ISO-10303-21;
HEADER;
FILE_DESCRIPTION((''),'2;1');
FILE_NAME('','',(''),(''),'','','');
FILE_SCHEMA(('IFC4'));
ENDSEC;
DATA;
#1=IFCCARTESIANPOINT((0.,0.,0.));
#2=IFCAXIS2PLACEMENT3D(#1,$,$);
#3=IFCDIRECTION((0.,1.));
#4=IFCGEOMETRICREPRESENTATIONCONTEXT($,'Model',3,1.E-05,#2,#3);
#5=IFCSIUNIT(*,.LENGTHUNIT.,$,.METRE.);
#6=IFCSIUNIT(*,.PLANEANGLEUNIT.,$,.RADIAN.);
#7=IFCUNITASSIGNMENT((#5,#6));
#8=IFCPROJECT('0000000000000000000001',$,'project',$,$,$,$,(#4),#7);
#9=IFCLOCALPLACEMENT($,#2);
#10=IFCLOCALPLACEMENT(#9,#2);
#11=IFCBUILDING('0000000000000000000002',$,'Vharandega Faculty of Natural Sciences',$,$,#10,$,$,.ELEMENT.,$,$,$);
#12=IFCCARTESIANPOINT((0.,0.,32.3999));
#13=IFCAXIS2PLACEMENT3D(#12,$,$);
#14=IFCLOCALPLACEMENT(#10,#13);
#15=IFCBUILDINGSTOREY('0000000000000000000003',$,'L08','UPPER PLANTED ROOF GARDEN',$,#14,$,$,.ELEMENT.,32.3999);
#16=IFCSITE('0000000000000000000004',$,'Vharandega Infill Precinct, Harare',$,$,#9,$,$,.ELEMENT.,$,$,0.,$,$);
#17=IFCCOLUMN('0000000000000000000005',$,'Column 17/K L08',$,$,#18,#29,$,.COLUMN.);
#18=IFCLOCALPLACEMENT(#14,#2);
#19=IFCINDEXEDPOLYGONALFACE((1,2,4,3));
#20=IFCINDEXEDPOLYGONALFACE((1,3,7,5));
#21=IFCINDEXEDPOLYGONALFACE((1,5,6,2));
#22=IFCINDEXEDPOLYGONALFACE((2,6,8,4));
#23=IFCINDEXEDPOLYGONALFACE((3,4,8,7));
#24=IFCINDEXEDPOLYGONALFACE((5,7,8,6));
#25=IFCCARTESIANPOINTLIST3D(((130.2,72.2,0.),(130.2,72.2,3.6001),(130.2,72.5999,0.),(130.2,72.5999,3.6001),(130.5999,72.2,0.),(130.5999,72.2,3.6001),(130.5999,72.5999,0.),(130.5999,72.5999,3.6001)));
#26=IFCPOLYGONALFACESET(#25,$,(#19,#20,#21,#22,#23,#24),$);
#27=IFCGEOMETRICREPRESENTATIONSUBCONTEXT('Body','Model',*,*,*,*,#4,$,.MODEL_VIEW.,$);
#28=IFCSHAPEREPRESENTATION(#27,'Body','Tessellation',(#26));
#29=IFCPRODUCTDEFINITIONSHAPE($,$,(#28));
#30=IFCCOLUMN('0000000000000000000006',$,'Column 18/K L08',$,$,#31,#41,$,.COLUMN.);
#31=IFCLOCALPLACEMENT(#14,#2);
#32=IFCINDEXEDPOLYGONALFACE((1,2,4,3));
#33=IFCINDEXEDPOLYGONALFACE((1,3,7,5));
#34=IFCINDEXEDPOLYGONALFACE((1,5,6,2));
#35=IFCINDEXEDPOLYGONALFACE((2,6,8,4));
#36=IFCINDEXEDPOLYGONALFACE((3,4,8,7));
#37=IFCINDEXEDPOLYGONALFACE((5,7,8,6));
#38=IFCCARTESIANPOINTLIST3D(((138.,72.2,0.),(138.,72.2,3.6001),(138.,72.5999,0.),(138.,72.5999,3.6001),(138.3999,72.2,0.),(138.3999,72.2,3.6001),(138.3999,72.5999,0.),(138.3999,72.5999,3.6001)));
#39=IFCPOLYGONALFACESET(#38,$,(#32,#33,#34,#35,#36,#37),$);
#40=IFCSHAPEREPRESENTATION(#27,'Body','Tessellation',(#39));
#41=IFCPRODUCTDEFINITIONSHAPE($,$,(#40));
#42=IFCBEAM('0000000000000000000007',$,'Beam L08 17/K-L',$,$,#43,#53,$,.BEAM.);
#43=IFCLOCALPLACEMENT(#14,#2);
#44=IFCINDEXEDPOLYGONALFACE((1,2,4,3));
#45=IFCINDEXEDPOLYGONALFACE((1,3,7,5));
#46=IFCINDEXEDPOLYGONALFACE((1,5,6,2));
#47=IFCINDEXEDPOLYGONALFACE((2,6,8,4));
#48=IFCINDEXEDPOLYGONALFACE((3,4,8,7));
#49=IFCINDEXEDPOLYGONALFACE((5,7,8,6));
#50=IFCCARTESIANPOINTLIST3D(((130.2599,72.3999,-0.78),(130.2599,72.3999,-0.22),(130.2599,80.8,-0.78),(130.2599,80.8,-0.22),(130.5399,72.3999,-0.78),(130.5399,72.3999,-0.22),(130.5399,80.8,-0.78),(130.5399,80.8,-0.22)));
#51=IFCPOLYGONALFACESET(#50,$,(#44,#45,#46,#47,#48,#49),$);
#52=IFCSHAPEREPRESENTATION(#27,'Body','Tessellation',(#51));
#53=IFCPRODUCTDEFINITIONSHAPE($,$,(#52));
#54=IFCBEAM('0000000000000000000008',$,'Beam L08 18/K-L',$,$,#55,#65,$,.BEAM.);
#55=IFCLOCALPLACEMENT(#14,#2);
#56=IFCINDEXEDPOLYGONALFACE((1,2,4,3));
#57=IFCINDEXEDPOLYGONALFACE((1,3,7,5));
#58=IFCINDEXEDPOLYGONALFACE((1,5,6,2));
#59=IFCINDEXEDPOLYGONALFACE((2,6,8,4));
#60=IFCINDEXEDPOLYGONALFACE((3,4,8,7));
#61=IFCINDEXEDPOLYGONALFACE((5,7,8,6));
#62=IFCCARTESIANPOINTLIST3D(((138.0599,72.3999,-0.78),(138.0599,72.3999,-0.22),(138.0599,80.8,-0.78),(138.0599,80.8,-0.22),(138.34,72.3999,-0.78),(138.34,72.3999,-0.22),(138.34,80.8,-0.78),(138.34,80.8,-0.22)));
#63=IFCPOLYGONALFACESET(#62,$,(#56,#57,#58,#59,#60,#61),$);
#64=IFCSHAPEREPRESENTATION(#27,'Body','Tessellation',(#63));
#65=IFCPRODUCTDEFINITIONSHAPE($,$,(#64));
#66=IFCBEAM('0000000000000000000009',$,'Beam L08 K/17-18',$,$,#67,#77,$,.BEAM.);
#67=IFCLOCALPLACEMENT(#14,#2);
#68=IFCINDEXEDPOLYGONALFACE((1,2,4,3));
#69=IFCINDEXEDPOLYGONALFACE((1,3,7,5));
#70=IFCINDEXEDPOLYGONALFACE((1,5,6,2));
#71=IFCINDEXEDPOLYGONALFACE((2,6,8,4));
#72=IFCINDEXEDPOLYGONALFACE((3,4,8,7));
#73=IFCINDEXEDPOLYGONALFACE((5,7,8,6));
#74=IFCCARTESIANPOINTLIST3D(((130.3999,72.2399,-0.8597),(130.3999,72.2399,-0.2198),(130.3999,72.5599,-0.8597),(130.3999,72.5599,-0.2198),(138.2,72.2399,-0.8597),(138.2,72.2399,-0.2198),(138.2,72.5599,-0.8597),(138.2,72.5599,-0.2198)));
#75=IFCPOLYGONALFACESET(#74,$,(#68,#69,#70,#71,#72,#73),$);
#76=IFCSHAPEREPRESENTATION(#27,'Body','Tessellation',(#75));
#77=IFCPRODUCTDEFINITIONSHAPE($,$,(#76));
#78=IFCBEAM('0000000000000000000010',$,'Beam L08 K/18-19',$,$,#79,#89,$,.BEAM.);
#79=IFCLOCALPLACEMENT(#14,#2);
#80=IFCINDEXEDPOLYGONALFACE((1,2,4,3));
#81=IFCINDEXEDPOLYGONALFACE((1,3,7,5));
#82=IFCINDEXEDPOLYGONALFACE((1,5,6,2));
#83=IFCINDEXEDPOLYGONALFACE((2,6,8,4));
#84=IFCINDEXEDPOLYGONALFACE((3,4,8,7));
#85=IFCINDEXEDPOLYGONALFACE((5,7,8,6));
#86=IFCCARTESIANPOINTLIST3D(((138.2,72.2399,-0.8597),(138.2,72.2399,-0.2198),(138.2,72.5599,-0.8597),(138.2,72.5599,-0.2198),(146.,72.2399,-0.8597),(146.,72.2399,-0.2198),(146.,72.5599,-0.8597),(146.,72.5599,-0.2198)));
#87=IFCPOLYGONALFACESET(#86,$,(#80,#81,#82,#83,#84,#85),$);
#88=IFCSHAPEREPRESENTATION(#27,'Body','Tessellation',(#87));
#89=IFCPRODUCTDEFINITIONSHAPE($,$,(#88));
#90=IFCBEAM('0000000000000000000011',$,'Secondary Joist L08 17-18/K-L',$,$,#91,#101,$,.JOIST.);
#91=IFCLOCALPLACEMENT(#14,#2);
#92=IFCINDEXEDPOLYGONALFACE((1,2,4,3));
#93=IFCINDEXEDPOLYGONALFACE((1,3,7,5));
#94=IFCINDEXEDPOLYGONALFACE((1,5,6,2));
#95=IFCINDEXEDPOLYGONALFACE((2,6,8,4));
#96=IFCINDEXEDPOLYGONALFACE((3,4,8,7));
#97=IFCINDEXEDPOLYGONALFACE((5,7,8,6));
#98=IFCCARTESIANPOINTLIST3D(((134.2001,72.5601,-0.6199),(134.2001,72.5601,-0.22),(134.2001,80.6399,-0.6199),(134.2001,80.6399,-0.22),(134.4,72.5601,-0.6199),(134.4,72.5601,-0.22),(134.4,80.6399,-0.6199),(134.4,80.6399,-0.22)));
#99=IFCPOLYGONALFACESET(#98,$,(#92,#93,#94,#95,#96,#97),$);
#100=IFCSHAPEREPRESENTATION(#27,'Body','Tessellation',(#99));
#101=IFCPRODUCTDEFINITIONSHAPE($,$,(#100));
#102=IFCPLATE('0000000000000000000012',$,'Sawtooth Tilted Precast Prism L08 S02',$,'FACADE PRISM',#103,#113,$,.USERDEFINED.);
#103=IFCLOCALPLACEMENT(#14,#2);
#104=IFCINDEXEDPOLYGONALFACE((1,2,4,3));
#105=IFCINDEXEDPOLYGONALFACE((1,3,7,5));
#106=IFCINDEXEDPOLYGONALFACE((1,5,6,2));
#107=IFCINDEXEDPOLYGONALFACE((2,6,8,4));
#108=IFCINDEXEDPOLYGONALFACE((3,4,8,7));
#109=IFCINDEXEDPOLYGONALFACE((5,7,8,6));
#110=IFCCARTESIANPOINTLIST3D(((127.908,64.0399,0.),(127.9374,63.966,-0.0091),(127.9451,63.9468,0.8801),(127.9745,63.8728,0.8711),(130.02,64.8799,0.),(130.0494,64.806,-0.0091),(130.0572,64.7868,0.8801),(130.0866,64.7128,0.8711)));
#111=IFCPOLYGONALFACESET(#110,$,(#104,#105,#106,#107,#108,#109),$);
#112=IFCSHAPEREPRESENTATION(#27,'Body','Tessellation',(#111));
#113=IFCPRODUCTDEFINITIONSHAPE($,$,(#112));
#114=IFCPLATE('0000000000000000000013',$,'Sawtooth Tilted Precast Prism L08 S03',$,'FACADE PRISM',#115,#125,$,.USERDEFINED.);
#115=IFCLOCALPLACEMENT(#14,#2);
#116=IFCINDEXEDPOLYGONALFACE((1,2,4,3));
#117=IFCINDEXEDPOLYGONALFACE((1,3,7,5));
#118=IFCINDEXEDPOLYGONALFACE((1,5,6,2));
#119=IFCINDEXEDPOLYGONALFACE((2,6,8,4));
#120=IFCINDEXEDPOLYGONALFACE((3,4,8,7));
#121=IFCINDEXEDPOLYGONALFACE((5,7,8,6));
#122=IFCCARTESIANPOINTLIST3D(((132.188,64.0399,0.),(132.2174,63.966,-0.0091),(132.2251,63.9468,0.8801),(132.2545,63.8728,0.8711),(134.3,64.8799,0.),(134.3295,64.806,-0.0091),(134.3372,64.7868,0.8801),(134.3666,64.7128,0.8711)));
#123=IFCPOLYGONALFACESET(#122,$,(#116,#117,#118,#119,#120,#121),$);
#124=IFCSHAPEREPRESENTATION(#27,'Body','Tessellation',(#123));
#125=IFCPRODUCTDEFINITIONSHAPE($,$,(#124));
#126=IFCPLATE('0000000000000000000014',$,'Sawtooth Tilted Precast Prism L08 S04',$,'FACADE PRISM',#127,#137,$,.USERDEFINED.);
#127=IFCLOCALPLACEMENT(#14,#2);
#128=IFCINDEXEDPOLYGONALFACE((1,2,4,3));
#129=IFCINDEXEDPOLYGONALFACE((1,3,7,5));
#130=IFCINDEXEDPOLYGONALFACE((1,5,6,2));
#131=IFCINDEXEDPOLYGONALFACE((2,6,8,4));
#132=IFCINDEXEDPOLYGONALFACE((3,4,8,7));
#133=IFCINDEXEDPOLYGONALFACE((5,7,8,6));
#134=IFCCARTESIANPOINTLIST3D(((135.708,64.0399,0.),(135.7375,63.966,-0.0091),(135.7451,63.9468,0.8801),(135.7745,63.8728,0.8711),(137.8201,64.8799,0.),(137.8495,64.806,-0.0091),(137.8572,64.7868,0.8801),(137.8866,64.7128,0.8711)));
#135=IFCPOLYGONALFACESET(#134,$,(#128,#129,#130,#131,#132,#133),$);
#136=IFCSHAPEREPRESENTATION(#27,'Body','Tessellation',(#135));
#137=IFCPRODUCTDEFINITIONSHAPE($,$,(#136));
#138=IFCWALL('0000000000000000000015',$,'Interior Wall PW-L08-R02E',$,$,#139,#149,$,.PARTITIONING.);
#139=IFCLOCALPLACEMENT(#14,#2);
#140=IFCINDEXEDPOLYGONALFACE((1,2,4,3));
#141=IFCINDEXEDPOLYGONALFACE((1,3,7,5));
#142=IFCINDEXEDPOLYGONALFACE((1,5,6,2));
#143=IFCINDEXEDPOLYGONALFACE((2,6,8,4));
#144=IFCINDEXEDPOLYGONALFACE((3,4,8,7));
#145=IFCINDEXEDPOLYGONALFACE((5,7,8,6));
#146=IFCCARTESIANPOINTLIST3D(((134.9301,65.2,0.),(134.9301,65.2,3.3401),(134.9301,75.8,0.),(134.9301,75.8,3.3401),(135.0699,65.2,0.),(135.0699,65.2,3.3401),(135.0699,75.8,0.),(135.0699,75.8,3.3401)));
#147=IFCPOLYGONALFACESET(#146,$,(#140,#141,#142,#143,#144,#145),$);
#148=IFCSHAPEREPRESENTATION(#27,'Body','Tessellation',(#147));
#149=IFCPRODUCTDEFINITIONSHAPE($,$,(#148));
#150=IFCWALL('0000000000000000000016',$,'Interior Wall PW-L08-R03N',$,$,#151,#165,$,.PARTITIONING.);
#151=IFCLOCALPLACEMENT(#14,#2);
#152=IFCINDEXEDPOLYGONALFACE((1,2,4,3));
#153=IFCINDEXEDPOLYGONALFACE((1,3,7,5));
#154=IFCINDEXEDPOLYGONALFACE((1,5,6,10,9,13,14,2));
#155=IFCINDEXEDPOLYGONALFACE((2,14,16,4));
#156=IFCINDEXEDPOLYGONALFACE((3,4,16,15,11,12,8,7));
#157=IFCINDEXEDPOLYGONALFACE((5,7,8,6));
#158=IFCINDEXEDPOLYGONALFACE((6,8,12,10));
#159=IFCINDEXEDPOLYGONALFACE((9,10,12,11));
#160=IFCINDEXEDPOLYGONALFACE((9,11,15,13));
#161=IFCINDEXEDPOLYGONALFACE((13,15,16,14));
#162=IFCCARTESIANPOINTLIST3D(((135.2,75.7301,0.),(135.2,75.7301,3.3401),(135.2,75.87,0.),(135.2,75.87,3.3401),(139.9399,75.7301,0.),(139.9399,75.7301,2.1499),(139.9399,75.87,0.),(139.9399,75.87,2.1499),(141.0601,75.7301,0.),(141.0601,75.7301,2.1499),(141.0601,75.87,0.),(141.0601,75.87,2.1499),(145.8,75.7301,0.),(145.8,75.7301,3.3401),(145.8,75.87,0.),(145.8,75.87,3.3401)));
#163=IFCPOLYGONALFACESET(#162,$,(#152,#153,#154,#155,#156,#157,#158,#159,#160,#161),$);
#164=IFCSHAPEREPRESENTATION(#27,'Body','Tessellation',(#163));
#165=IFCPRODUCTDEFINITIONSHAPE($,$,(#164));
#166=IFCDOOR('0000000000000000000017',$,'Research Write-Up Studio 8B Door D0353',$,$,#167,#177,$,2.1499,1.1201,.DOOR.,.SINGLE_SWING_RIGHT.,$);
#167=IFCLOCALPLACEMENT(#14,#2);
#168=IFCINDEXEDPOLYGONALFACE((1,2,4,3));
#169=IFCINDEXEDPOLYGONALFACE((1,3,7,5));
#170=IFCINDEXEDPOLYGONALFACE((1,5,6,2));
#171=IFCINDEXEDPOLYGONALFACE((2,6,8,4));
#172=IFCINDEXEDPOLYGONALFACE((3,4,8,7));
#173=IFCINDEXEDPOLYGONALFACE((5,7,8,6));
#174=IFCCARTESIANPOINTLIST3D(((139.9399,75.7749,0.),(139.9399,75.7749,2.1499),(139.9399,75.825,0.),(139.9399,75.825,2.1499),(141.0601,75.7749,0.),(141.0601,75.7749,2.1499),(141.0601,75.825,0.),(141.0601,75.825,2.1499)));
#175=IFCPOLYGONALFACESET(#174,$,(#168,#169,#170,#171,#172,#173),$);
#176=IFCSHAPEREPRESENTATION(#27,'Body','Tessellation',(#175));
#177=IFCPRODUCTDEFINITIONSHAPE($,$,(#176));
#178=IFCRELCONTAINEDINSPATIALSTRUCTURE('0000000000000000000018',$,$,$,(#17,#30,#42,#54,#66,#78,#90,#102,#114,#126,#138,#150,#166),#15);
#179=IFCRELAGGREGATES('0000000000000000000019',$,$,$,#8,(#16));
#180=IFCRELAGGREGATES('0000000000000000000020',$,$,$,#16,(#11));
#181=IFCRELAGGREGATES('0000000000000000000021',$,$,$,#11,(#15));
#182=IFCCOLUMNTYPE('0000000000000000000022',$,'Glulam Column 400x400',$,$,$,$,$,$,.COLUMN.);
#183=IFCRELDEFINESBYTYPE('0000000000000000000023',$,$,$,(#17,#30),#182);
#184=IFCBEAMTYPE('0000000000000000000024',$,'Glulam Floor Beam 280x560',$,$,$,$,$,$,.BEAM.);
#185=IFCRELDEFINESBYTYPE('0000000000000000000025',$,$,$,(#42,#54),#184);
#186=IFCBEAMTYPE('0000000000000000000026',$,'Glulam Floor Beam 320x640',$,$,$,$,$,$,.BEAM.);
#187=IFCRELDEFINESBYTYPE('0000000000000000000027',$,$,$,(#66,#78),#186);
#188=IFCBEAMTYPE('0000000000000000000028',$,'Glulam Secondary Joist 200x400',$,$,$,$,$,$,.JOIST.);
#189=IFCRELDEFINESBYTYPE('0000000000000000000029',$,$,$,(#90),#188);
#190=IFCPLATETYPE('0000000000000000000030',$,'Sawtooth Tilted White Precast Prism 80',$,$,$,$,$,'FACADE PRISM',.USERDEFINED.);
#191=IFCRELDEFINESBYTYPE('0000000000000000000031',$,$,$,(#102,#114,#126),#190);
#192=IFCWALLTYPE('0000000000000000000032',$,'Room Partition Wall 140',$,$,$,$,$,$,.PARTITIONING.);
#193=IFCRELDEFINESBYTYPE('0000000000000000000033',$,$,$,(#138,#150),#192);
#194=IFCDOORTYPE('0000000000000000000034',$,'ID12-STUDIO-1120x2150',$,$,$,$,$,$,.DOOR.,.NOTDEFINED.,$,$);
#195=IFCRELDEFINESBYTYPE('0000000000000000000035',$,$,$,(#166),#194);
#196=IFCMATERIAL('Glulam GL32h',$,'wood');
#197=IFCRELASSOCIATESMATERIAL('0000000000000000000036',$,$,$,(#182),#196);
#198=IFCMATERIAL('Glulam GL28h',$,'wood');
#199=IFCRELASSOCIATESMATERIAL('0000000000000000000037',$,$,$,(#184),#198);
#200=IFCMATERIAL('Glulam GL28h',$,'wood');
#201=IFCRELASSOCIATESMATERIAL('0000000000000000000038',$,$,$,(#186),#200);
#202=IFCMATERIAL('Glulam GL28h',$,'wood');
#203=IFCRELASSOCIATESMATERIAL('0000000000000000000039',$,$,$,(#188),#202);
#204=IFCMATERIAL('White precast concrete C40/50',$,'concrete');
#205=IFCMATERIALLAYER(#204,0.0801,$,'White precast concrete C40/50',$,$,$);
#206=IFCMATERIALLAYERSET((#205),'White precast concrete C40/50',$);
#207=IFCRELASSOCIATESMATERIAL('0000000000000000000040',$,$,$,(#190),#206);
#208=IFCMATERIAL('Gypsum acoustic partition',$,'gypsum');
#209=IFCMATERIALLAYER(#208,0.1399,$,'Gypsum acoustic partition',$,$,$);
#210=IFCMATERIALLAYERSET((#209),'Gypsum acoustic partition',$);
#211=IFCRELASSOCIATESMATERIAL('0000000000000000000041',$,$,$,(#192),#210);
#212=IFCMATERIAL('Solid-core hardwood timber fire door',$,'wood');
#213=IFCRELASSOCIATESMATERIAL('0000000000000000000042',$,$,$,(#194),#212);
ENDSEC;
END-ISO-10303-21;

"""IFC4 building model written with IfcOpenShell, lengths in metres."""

from ifc_helpers import new_model, si_unit, direction, frame, frame_2d, origin, origin_2d, place, context, subcontext, project, spatial, polyline, rectangle, outline, extrude, material, layer, layer_set, material_profile, profile_set, type_object, element, fill, save


model = new_model("IFC4")

# Units and contexts
model_context = context("Model", 3, precision=1e-05, world=origin(), true_north=direction((0.0, 1.0)))
body_context = subcontext(model_context, "Body", "Model", "MODEL_VIEW")
ifc_project = project(units=[si_unit("LENGTHUNIT", "METRE"), si_unit("PLANEANGLEUNIT", "RADIAN")], contexts=[model_context])

# Site, building, storey
site_placement = place(None, origin())
site = spatial("IfcSite", under=ifc_project, at=site_placement, Name="Vharandega Infill Precinct, Harare", CompositionType="ELEMENT", RefElevation=0.0)
building_placement = place(site_placement, origin())
building = spatial("IfcBuilding", under=site, at=building_placement, Name="Vharandega Faculty of Natural Sciences", CompositionType="ELEMENT")
storey_placement = place(building_placement, frame((0.0, 0.0, 32.3999)))
storey = spatial("IfcBuildingStorey", under=building, at=storey_placement, Name="L08", Description="UPPER PLANTED ROOF GARDEN", CompositionType="ELEMENT", Elevation=32.3999)

# Columns
ifc_material_1 = material(Name="Glulam GL32h", Category="wood")
ifc_material_profile_1 = material_profile(ifc_material_1, rectangle(XDim=0.3999, YDim=0.3999, at=origin_2d()), Name="GL32h 400x400")
ifc_profile_set_1 = profile_set([ifc_material_profile_1], Name="Glulam GL32h")
column_type = type_object("IfcColumnType", Name="Glulam Column 400x400", PredefinedType="COLUMN", material=ifc_profile_set_1)
for number, where, z_axis, x_axis, name in (
    (1, (130.3999, 72.3999, 0.0), (0.0, 0.0, 1.0), (1.0, 0.0, 0.0), "Column 17/K L08"),
    (2, (138.2, 72.3999, 0.0), (0.0, 0.0, 1.0), (1.0, 0.0, 0.0), "Column 18/K L08"),
):
    element("IfcColumn", number, at=place(storey_placement, frame(where, z_axis=z_axis, x_axis=x_axis)), inside=storey, type_object=column_type, Name=name, PredefinedType="COLUMN", context=body_context, shape_type="SweptSolid", body=[
        extrude(rectangle(XDim=0.3999, YDim=0.3999, at=origin_2d()), origin(), (0.0, 0.0, 1.0), 3.6001),
    ])

# Beams
ifc_material_2 = material(Name="Glulam GL28h", Category="wood")
ifc_material_profile_2 = material_profile(ifc_material_2, rectangle(XDim=0.28, YDim=0.5601, at=origin_2d()), Name="GL28h 280x560")
ifc_profile_set_2 = profile_set([ifc_material_profile_2], Name="Glulam GL28h")
beam_type_1 = type_object("IfcBeamType", Name="Glulam Floor Beam 280x560", PredefinedType="BEAM", material=ifc_profile_set_2)
for number, where, z_axis, x_axis, name in (
    (3, (130.3999, 72.3999, -0.5), (0.0, 1.0, 0.0), (-1.0, 0.0, 0.0), "Beam L08 17/K-L"),
    (4, (138.2, 72.3999, -0.5), (0.0, 1.0, 0.0), (-1.0, 0.0, 0.0), "Beam L08 18/K-L"),
):
    element("IfcBeam", number, at=place(storey_placement, frame(where, z_axis=z_axis, x_axis=x_axis)), inside=storey, type_object=beam_type_1, Name=name, PredefinedType="BEAM", context=body_context, shape_type="SweptSolid", body=[
        extrude(rectangle(XDim=0.28, YDim=0.5601, at=origin_2d()), origin(), (0.0, 0.0, 1.0), 8.4001),
    ])
ifc_material_3 = material(Name="Glulam GL28h", Category="wood")
ifc_material_profile_3 = material_profile(ifc_material_3, rectangle(XDim=0.3201, YDim=0.6399, at=origin_2d()), Name="GL28h 320x640")
ifc_profile_set_3 = profile_set([ifc_material_profile_3], Name="Glulam GL28h")
beam_type_2 = type_object("IfcBeamType", Name="Glulam Floor Beam 320x640", PredefinedType="BEAM", material=ifc_profile_set_3)
for number, where, z_axis, x_axis, name in (
    (5, (130.3999, 72.3999, -0.5398), (1.0, 0.0, 0.0), (0.0, 1.0, 0.0), "Beam L08 K/17-18"),
    (6, (138.2, 72.3999, -0.5398), (1.0, 0.0, 0.0), (0.0, 1.0, 0.0), "Beam L08 K/18-19"),
):
    element("IfcBeam", number, at=place(storey_placement, frame(where, z_axis=z_axis, x_axis=x_axis)), inside=storey, type_object=beam_type_2, Name=name, PredefinedType="BEAM", context=body_context, shape_type="SweptSolid", body=[
        extrude(rectangle(XDim=0.3201, YDim=0.6399, at=origin_2d()), origin(), (0.0, 0.0, 1.0), 7.8),
    ])
ifc_material_4 = material(Name="Glulam GL28h", Category="wood")
ifc_material_profile_4 = material_profile(ifc_material_4, rectangle(XDim=0.2, YDim=0.3999, at=origin_2d()), Name="GL28h 200x400")
ifc_profile_set_4 = profile_set([ifc_material_profile_4], Name="Glulam GL28h")
beam_type_3 = type_object("IfcBeamType", Name="Glulam Secondary Joist 200x400", PredefinedType="JOIST", material=ifc_profile_set_4)
beam_placement = place(storey_placement, frame((134.3, 72.5601, -0.4199), z_axis=(0.0, 1.0, 0.0), x_axis=(-1.0, 0.0, 0.0)))
element("IfcBeam", 7, at=beam_placement, inside=storey, type_object=beam_type_3, Name="Secondary Joist L08 17-18/K-L", PredefinedType="JOIST", context=body_context, shape_type="SweptSolid", body=[
    extrude(rectangle(XDim=0.2, YDim=0.3999, at=origin_2d()), origin(), (0.0, 0.0, 1.0), 8.0798),
])

# Plates
ifc_material_5 = material(Name="White precast concrete C40/50", Category="concrete")
ifc_layer_1 = layer(ifc_material_5, 0.0801, Name="White precast concrete C40/50")
ifc_layer_set_1 = layer_set([ifc_layer_1], Name="White precast concrete C40/50")
plate_type = type_object("IfcPlateType", Name="Sawtooth Tilted White Precast Prism 80", ElementType="FACADE PRISM", PredefinedType="USERDEFINED", material=ifc_layer_set_1)
for number, where, z_axis, x_axis, name in (
    (8, (130.02, 64.8799, 0.0), (-0.367173, 0.923241, 0.113184), (0.04194, -0.105126, 0.993574), "Sawtooth Tilted Precast Prism L08 S02"),
    (9, (134.3, 64.8799, 0.0), (-0.367173, 0.923241, 0.113184), (0.04194, -0.105126, 0.993574), "Sawtooth Tilted Precast Prism L08 S03"),
    (10, (137.8201, 64.8799, 0.0), (-0.367173, 0.923241, 0.113184), (0.04194, -0.105126, 0.993574), "Sawtooth Tilted Precast Prism L08 S04"),
):
    element("IfcPlate", number, at=place(storey_placement, frame(where, z_axis=z_axis, x_axis=x_axis)), inside=storey, type_object=plate_type, Name=name, ObjectType="FACADE PRISM", PredefinedType="USERDEFINED", context=body_context, shape_type="SweptSolid", body=[
        extrude(outline(polyline([(0.0, 0.0), (0.8858, 0.0), (0.8855, -2.273), (-0.0003, -2.2729), (0.0, 0.0)])), origin(), (0.0, 0.0, -1.0), 0.0801),
    ])

# Wall
ifc_material_6 = material(Name="Gypsum acoustic partition", Category="gypsum")
ifc_layer_2 = layer(ifc_material_6, 0.1399, Name="Gypsum acoustic partition")
ifc_layer_set_2 = layer_set([ifc_layer_2], Name="Gypsum acoustic partition")
wall_type_1 = type_object("IfcWallType", Name="Room Partition Wall 140", PredefinedType="PARTITIONING", material=ifc_layer_set_2)
wall_1_placement = place(storey_placement, frame((135.0, 65.2, 0.0), z_axis=(0.0, 0.0, 1.0), x_axis=(0.0, 1.0, 0.0)))
element("IfcWall", 11, at=wall_1_placement, inside=storey, type_object=wall_type_1, Name="Interior Wall PW-L08-R02E", PredefinedType="PARTITIONING", context=body_context, shape_type="SweptSolid", body=[
    extrude(rectangle(XDim=10.6001, YDim=0.1399, at=frame_2d((5.3, 0.0))), origin(), (0.0, 0.0, 1.0), 3.3401),
])

# Wall, opening, door
wall_2_placement = place(storey_placement, frame((135.2, 75.8, 0.0), z_axis=(0.0, 0.0, 1.0), x_axis=(1.0, 0.0, 0.0)))
wall_2 = element("IfcWall", 12, at=wall_2_placement, inside=storey, type_object=wall_type_1, Name="Interior Wall PW-L08-R03N", PredefinedType="PARTITIONING", context=body_context, shape_type="SweptSolid", body=[
    extrude(rectangle(XDim=10.6001, YDim=0.1399, at=frame_2d((5.3, 0.0))), origin(), (0.0, 0.0, 1.0), 3.3401),
])
opening_1_placement = place(wall_2_placement, frame((4.74, 0.0, 0.0)))
opening_1 = element("IfcOpeningElement", 13, at=opening_1_placement, cuts=wall_2, PredefinedType="OPENING", context=body_context, shape_type="SweptSolid", body=[
    extrude(rectangle(XDim=1.1201, YDim=2.1499, at=frame_2d((0.5601, 1.075))), frame((0.0, 0.0801, 0.0), z_axis=(0.0, -1.0, 0.0), x_axis=(1.0, 0.0, 0.0)), (0.0, 0.0, 1.0), 0.1599),
])
ifc_material_7 = material(Name="Solid-core hardwood timber fire door", Category="wood")
door_type = type_object("IfcDoorType", Name="ID12-STUDIO-1120x2150", OperationType="NOTDEFINED", PredefinedType="DOOR", material=ifc_material_7)
door_placement = place(opening_1_placement, origin())
door = element("IfcDoor", 14, at=door_placement, inside=storey, type_object=door_type, Name="Research Write-Up Studio 8B Door D0353", OperationType="SINGLE_SWING_RIGHT", OverallHeight=2.1499, OverallWidth=1.1201, PredefinedType="DOOR", context=body_context, shape_type="SweptSolid", body=[
    extrude(rectangle(XDim=1.1201, YDim=2.1499, at=frame_2d((0.5601, 1.075))), frame((0.0, 0.0249, 0.0), z_axis=(0.0, -1.0, 0.0), x_axis=(1.0, 0.0, 0.0)), (0.0, 0.0, 1.0), 0.05),
])
fill(opening_1, door)

save(model, "model.ifc")
